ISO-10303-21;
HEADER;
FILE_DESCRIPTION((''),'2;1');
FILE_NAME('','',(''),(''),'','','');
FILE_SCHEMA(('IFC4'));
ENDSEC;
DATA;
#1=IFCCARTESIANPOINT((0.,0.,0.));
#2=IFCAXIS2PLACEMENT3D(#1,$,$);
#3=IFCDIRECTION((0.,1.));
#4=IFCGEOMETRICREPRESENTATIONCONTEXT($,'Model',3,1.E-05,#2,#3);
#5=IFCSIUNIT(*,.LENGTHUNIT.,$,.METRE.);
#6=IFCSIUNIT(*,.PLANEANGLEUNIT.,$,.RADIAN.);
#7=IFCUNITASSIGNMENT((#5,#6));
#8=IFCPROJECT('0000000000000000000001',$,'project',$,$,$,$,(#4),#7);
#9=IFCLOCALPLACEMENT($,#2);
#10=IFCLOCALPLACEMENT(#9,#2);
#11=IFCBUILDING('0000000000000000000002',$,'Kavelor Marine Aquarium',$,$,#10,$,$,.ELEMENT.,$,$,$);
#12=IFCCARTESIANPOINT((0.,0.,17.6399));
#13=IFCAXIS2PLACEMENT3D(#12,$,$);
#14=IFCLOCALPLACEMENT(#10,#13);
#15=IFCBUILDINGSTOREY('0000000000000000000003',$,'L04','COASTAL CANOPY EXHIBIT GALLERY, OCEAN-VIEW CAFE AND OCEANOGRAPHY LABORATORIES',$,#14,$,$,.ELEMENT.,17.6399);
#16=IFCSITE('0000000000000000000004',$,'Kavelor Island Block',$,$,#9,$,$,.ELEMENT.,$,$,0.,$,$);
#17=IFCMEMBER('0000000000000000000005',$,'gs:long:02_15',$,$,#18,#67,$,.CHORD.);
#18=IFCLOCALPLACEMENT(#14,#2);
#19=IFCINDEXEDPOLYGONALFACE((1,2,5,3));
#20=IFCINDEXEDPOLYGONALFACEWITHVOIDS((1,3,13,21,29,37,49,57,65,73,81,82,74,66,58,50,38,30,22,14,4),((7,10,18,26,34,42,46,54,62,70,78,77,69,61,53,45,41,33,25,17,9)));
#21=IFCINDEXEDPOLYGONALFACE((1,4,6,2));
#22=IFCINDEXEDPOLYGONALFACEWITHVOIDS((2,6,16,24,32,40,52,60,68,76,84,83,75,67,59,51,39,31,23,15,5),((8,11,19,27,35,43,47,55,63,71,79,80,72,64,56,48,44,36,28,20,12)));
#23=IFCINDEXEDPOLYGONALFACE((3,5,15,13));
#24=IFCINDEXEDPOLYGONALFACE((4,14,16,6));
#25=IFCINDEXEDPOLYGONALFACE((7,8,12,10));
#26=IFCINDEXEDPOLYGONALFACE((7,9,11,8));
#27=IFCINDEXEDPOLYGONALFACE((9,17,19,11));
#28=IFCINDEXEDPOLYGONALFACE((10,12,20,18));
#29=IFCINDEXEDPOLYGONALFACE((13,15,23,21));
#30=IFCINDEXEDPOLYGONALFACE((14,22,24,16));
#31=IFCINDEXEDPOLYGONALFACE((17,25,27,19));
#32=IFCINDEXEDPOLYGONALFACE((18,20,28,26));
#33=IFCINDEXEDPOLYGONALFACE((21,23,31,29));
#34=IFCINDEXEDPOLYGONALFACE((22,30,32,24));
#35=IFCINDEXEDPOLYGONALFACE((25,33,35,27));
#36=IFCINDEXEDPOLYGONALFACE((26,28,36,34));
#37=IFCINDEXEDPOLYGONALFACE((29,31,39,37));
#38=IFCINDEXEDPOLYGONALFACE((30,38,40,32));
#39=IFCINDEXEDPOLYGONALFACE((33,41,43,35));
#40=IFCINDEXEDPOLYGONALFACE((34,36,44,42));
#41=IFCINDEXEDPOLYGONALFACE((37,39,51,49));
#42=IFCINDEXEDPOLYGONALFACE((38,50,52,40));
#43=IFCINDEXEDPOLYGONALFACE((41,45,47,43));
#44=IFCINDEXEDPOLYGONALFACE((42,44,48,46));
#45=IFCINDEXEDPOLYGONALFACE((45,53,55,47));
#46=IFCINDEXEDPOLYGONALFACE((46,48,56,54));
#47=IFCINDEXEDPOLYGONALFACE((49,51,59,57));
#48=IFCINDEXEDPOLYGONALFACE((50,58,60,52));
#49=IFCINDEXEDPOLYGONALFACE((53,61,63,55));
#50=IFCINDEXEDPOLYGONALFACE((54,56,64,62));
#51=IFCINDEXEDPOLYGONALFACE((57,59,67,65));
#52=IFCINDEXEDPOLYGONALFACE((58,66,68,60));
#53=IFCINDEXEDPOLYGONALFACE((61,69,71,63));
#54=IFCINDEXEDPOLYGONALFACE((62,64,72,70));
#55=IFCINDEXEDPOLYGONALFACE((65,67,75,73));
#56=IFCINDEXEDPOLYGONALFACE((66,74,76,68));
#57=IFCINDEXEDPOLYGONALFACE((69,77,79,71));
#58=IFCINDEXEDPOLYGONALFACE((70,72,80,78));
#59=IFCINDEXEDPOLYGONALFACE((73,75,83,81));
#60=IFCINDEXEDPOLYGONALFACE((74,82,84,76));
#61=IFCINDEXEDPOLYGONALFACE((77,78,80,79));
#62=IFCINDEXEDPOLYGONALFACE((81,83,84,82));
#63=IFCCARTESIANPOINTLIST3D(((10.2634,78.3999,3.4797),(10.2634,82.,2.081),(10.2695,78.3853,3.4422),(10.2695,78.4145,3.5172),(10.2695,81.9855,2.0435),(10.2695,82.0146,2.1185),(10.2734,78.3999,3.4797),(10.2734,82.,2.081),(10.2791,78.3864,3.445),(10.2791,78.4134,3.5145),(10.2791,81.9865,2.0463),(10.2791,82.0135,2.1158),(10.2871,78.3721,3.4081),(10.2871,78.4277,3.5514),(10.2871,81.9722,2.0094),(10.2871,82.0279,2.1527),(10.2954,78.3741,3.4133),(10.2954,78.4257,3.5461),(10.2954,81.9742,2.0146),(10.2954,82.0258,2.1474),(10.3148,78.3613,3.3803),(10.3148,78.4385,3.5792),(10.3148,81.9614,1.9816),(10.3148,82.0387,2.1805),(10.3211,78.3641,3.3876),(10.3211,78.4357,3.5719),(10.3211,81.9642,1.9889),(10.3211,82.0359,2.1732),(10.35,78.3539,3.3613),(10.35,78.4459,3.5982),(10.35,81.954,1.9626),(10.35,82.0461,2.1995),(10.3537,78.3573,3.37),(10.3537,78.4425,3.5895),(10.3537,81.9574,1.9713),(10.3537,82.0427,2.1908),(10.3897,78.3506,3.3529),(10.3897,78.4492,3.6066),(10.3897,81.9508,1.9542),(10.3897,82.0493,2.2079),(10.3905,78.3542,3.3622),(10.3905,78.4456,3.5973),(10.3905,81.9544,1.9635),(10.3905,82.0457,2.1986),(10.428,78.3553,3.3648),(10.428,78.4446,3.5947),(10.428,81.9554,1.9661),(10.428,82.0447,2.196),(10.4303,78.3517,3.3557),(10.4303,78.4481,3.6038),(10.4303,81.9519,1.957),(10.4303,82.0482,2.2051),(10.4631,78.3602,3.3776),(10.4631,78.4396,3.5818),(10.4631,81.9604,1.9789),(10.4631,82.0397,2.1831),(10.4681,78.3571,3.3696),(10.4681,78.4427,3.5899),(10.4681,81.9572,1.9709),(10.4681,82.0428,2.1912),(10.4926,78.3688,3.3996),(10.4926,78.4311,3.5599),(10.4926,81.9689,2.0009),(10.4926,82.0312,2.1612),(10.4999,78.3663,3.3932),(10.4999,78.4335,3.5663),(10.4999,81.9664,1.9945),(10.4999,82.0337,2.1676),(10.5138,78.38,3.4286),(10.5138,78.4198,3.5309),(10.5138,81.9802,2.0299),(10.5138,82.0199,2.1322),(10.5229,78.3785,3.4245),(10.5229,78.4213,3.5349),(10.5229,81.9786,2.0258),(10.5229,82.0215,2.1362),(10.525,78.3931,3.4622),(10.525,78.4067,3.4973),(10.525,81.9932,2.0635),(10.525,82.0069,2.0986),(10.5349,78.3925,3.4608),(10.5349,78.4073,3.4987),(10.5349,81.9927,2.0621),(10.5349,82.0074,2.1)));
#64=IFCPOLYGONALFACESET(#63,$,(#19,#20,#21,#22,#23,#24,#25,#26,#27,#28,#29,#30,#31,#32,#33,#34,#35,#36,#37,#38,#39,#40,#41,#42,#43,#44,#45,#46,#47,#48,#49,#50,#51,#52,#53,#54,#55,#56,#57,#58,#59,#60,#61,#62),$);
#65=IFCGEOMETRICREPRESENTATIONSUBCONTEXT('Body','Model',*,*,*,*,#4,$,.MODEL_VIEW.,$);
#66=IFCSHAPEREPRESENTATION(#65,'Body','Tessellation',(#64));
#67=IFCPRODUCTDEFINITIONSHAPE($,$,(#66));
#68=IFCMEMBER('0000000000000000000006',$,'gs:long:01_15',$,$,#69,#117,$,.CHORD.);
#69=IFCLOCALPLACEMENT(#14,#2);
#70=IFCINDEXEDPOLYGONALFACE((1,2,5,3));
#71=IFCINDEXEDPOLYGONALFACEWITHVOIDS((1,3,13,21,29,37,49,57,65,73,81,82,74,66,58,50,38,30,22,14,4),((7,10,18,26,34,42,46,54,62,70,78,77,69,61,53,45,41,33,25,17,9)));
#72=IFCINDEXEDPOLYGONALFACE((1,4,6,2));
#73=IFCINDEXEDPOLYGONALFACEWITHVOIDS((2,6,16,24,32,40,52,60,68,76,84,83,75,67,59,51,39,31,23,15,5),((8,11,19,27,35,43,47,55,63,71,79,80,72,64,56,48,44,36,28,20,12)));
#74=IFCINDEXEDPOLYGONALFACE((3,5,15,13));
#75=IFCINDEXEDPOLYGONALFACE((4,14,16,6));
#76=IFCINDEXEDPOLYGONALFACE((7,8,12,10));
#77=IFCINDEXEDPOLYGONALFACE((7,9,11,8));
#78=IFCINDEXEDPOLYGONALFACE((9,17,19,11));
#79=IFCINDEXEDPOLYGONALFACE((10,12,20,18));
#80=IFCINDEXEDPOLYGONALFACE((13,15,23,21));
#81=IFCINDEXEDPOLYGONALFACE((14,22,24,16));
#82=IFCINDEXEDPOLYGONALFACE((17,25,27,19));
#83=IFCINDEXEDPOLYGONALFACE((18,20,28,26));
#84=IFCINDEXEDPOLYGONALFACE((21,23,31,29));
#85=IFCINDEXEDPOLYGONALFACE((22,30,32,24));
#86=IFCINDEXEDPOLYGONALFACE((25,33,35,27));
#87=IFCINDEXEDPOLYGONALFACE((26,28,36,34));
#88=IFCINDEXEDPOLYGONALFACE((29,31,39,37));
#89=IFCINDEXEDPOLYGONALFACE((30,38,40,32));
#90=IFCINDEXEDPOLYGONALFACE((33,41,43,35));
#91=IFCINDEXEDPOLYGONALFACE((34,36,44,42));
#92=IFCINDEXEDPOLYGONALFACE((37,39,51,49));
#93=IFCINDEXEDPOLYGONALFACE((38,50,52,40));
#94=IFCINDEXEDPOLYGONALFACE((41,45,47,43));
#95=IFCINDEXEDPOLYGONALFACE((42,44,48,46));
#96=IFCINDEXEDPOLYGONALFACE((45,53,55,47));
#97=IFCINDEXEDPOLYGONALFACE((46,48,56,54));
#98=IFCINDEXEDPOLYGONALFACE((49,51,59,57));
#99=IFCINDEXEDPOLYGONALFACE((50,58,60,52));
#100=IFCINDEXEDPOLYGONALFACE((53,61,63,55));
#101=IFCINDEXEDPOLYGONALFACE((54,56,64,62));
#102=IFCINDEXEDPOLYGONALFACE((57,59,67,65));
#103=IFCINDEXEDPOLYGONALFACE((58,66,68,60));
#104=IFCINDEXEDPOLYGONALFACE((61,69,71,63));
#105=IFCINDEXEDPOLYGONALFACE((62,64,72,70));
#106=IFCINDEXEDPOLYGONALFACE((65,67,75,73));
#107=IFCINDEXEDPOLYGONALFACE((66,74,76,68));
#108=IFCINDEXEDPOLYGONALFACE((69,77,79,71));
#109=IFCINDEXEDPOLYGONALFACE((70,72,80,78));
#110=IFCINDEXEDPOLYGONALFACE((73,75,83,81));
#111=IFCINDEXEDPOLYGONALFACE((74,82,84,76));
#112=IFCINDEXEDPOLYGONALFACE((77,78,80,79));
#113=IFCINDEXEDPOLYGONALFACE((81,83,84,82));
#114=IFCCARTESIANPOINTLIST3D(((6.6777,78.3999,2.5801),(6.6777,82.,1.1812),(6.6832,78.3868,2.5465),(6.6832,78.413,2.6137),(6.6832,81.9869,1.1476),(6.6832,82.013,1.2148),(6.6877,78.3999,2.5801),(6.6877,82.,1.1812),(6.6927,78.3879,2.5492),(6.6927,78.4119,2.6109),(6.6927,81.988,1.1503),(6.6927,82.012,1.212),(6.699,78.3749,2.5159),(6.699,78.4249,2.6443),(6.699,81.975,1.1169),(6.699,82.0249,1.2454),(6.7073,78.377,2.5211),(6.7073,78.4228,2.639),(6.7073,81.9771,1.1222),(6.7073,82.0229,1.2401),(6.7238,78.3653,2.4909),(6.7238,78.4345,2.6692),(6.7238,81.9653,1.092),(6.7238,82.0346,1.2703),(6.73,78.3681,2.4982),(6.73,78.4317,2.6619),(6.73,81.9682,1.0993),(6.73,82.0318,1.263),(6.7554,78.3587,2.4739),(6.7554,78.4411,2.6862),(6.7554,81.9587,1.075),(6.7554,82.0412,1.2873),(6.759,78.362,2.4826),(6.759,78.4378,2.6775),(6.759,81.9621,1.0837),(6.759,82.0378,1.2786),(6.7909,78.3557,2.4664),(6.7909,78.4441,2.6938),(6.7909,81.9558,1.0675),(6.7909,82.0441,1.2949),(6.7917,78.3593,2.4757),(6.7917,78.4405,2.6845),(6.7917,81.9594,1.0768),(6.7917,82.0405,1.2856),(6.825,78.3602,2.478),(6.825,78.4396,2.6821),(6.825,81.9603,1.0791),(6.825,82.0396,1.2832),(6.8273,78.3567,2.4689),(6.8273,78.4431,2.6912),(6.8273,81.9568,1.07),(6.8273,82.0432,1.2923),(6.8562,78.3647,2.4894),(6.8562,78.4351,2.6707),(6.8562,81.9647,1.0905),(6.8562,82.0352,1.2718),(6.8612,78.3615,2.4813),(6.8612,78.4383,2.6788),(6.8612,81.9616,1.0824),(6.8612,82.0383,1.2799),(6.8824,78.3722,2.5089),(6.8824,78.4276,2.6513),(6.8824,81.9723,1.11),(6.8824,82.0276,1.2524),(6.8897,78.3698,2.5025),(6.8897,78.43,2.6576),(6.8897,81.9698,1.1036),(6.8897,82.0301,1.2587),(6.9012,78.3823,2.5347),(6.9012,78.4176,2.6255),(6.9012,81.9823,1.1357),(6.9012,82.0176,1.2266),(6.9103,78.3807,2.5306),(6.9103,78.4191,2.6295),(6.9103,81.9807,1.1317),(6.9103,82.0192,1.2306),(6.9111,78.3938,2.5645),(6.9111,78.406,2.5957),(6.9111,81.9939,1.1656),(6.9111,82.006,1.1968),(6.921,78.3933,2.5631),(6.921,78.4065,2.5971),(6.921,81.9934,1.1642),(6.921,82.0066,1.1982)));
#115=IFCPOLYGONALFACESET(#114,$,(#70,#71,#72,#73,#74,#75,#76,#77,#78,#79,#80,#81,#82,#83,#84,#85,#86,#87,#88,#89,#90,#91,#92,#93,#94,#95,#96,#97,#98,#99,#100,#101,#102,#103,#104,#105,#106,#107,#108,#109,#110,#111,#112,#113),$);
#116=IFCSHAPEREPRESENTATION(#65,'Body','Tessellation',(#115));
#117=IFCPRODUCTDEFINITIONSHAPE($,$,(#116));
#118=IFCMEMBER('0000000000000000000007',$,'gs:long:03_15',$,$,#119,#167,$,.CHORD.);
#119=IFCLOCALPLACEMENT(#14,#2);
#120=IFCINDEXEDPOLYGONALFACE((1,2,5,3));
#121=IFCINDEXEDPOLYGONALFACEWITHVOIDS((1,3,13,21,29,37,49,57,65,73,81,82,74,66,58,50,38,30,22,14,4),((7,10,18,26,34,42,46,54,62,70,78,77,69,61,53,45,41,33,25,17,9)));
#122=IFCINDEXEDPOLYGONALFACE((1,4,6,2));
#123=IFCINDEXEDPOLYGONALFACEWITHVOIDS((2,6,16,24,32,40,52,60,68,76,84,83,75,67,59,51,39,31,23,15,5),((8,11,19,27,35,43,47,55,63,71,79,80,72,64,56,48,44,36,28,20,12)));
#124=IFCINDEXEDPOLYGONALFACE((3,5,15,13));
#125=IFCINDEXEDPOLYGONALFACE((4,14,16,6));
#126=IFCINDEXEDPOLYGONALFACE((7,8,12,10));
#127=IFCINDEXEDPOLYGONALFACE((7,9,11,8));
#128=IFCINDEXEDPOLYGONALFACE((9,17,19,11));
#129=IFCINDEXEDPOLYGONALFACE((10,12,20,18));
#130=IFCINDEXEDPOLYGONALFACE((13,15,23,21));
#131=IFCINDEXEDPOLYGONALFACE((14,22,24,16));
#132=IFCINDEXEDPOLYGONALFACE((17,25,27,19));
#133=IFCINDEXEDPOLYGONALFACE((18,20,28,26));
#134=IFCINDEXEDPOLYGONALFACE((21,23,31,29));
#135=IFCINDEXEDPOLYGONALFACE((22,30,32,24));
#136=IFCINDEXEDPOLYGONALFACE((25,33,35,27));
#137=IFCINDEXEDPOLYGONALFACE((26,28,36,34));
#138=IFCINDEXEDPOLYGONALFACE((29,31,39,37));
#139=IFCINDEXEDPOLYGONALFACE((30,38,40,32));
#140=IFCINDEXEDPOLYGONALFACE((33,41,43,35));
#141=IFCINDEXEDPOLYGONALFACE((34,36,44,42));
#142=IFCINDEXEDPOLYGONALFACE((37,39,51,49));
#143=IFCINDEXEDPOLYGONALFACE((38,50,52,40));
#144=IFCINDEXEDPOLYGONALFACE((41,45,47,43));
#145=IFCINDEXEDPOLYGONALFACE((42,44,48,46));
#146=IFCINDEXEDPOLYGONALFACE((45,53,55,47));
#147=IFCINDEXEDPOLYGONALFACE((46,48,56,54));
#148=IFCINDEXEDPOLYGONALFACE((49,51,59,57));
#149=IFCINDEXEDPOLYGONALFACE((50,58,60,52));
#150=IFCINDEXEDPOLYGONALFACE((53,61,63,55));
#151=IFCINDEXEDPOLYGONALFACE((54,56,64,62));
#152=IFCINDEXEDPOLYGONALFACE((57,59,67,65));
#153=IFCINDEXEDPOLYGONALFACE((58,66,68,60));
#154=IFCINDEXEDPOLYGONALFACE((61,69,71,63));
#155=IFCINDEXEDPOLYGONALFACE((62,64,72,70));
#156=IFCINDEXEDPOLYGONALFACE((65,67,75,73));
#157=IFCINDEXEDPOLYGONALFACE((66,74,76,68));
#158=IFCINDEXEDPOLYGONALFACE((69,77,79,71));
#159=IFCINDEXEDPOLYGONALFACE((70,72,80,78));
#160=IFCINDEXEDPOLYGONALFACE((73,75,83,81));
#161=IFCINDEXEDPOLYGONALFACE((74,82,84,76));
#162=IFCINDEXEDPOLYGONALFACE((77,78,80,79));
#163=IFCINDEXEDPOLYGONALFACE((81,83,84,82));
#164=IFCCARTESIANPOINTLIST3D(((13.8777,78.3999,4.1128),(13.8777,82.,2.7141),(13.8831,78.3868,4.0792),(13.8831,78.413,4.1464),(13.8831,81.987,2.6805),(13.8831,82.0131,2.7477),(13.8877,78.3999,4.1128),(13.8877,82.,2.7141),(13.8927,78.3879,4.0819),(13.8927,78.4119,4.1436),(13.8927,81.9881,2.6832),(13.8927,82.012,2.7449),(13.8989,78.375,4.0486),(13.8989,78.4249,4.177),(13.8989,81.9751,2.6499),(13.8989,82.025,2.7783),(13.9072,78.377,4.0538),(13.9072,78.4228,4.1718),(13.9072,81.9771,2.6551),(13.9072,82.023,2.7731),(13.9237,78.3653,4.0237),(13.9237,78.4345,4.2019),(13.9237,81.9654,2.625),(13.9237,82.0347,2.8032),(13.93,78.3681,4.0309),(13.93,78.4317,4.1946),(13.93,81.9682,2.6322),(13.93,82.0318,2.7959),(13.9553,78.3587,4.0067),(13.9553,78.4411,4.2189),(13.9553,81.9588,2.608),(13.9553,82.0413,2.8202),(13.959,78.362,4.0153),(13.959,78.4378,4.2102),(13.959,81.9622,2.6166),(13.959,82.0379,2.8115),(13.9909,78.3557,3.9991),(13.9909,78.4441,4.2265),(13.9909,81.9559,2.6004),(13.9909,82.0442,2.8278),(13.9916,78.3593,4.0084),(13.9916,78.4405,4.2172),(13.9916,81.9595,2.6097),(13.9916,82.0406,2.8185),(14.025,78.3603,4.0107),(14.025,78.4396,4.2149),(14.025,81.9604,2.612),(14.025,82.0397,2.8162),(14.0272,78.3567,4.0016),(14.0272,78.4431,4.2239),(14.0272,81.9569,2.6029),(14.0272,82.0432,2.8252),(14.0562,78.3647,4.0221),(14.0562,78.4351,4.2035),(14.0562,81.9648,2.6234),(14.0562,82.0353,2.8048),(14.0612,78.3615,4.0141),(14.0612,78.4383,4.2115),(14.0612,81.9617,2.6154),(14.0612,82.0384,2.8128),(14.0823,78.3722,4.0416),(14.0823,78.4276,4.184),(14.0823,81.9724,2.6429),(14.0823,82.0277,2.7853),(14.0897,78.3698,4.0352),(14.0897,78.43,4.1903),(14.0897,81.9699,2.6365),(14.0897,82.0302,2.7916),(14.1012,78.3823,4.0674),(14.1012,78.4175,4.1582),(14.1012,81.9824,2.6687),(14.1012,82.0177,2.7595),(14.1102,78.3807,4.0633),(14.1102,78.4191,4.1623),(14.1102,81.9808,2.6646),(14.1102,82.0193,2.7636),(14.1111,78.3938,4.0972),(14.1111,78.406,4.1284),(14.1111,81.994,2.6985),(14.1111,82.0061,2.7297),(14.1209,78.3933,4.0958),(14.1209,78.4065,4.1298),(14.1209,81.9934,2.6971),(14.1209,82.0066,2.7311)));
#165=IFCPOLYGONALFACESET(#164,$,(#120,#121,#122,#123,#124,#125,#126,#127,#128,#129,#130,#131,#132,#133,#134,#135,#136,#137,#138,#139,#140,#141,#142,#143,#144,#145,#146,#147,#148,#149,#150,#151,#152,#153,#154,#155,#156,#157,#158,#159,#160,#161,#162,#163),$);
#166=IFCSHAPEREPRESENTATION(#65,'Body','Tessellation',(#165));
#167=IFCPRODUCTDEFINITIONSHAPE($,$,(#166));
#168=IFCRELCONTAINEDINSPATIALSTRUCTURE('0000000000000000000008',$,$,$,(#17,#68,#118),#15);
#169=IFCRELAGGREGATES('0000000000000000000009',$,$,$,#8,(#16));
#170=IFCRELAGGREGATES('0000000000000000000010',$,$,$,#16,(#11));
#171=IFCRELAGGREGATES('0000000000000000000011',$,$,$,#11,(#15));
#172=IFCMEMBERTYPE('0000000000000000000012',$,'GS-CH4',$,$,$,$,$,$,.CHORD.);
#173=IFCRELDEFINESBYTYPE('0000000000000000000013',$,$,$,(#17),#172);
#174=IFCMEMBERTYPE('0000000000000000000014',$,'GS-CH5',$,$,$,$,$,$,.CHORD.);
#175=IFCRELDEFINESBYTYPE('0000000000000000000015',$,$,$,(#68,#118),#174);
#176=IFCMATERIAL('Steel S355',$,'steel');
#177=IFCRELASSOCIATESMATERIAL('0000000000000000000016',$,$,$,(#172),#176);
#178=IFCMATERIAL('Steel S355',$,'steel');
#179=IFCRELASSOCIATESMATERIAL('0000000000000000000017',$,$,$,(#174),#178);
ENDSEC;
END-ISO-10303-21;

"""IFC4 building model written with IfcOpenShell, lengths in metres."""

from ifc_helpers import new_model, si_unit, direction, frame, origin, origin_2d, place, context, subcontext, project, spatial, hollow_circle, extrude, material, material_profile, profile_set, type_object, element, save


model = new_model("IFC4")

# Units and contexts
model_context = context("Model", 3, precision=1e-05, world=origin(), true_north=direction((0.0, 1.0)))
body_context = subcontext(model_context, "Body", "Model", "MODEL_VIEW")
ifc_project = project(units=[si_unit("LENGTHUNIT", "METRE"), si_unit("PLANEANGLEUNIT", "RADIAN")], contexts=[model_context])

# Site, building, storey
site_placement = place(None, origin())
site = spatial("IfcSite", under=ifc_project, at=site_placement, Name="Kavelor Island Block", CompositionType="ELEMENT", RefElevation=0.0)
building_placement = place(site_placement, origin())
building = spatial("IfcBuilding", under=site, at=building_placement, Name="Kavelor Marine Aquarium", CompositionType="ELEMENT")
storey_placement = place(building_placement, frame((0.0, 0.0, 17.6399)))
storey = spatial("IfcBuildingStorey", under=building, at=storey_placement, Name="L04", Description="COASTAL CANOPY EXHIBIT GALLERY, OCEAN-VIEW CAFE AND OCEANOGRAPHY LABORATORIES", CompositionType="ELEMENT", Elevation=17.6399)

# Members
ifc_material_1 = material(Name="Steel S355", Category="steel")
ifc_material_profile_1 = material_profile(ifc_material_1, hollow_circle(Radius=0.1365, WallThickness=0.01, at=origin_2d()), Name="CHS 273.0x10.0")
ifc_profile_set_1 = profile_set([ifc_material_profile_1], Name="Steel S355")
member_type_1 = type_object("IfcMemberType", Name="GS-CH4", PredefinedType="CHORD", material=ifc_profile_set_1)
for number, where, z_axis, x_axis, name in (
    (1, (10.3999, 78.3999, 3.4797), (0.0, 0.932123, -0.362141), (-1.0, 0.0, 0.0), "gs:long:02_15"),
):
    element("IfcMember", number, at=place(storey_placement, frame(where, z_axis=z_axis, x_axis=x_axis)), inside=storey, type_object=member_type_1, Name=name, PredefinedType="CHORD", context=body_context, shape_type="SweptSolid", body=[
        extrude(hollow_circle(Radius=0.1365, WallThickness=0.01, at=origin_2d()), origin(), (0.0, 0.0, 1.0), 3.8623),
    ])
ifc_material_2 = material(Name="Steel S355", Category="steel")
ifc_material_profile_2 = material_profile(ifc_material_2, hollow_circle(Radius=0.1223, WallThickness=0.01, at=origin_2d()), Name="CHS 244.5x10.0")
ifc_profile_set_2 = profile_set([ifc_material_profile_2], Name="Steel S355")
member_type_2 = type_object("IfcMemberType", Name="GS-CH5", PredefinedType="CHORD", material=ifc_profile_set_2)
for number, where, z_axis, x_axis, name in (
    (2, (6.8, 78.3999, 2.5801), (0.0, 0.932102, -0.362196), (-1.0, 0.0, 0.0), "gs:long:01_15"),
    (3, (14.0, 78.3999, 4.1128), (0.0, 0.932123, -0.362141), (-1.0, 0.0, 0.0), "gs:long:03_15"),
):
    element("IfcMember", number, at=place(storey_placement, frame(where, z_axis=z_axis, x_axis=x_axis)), inside=storey, type_object=member_type_2, Name=name, PredefinedType="CHORD", context=body_context, shape_type="SweptSolid", body=[
        extrude(hollow_circle(Radius=0.1223, WallThickness=0.01, at=origin_2d()), origin(), (0.0, 0.0, 1.0), 3.8623),
    ])

save(model, "model.ifc")
